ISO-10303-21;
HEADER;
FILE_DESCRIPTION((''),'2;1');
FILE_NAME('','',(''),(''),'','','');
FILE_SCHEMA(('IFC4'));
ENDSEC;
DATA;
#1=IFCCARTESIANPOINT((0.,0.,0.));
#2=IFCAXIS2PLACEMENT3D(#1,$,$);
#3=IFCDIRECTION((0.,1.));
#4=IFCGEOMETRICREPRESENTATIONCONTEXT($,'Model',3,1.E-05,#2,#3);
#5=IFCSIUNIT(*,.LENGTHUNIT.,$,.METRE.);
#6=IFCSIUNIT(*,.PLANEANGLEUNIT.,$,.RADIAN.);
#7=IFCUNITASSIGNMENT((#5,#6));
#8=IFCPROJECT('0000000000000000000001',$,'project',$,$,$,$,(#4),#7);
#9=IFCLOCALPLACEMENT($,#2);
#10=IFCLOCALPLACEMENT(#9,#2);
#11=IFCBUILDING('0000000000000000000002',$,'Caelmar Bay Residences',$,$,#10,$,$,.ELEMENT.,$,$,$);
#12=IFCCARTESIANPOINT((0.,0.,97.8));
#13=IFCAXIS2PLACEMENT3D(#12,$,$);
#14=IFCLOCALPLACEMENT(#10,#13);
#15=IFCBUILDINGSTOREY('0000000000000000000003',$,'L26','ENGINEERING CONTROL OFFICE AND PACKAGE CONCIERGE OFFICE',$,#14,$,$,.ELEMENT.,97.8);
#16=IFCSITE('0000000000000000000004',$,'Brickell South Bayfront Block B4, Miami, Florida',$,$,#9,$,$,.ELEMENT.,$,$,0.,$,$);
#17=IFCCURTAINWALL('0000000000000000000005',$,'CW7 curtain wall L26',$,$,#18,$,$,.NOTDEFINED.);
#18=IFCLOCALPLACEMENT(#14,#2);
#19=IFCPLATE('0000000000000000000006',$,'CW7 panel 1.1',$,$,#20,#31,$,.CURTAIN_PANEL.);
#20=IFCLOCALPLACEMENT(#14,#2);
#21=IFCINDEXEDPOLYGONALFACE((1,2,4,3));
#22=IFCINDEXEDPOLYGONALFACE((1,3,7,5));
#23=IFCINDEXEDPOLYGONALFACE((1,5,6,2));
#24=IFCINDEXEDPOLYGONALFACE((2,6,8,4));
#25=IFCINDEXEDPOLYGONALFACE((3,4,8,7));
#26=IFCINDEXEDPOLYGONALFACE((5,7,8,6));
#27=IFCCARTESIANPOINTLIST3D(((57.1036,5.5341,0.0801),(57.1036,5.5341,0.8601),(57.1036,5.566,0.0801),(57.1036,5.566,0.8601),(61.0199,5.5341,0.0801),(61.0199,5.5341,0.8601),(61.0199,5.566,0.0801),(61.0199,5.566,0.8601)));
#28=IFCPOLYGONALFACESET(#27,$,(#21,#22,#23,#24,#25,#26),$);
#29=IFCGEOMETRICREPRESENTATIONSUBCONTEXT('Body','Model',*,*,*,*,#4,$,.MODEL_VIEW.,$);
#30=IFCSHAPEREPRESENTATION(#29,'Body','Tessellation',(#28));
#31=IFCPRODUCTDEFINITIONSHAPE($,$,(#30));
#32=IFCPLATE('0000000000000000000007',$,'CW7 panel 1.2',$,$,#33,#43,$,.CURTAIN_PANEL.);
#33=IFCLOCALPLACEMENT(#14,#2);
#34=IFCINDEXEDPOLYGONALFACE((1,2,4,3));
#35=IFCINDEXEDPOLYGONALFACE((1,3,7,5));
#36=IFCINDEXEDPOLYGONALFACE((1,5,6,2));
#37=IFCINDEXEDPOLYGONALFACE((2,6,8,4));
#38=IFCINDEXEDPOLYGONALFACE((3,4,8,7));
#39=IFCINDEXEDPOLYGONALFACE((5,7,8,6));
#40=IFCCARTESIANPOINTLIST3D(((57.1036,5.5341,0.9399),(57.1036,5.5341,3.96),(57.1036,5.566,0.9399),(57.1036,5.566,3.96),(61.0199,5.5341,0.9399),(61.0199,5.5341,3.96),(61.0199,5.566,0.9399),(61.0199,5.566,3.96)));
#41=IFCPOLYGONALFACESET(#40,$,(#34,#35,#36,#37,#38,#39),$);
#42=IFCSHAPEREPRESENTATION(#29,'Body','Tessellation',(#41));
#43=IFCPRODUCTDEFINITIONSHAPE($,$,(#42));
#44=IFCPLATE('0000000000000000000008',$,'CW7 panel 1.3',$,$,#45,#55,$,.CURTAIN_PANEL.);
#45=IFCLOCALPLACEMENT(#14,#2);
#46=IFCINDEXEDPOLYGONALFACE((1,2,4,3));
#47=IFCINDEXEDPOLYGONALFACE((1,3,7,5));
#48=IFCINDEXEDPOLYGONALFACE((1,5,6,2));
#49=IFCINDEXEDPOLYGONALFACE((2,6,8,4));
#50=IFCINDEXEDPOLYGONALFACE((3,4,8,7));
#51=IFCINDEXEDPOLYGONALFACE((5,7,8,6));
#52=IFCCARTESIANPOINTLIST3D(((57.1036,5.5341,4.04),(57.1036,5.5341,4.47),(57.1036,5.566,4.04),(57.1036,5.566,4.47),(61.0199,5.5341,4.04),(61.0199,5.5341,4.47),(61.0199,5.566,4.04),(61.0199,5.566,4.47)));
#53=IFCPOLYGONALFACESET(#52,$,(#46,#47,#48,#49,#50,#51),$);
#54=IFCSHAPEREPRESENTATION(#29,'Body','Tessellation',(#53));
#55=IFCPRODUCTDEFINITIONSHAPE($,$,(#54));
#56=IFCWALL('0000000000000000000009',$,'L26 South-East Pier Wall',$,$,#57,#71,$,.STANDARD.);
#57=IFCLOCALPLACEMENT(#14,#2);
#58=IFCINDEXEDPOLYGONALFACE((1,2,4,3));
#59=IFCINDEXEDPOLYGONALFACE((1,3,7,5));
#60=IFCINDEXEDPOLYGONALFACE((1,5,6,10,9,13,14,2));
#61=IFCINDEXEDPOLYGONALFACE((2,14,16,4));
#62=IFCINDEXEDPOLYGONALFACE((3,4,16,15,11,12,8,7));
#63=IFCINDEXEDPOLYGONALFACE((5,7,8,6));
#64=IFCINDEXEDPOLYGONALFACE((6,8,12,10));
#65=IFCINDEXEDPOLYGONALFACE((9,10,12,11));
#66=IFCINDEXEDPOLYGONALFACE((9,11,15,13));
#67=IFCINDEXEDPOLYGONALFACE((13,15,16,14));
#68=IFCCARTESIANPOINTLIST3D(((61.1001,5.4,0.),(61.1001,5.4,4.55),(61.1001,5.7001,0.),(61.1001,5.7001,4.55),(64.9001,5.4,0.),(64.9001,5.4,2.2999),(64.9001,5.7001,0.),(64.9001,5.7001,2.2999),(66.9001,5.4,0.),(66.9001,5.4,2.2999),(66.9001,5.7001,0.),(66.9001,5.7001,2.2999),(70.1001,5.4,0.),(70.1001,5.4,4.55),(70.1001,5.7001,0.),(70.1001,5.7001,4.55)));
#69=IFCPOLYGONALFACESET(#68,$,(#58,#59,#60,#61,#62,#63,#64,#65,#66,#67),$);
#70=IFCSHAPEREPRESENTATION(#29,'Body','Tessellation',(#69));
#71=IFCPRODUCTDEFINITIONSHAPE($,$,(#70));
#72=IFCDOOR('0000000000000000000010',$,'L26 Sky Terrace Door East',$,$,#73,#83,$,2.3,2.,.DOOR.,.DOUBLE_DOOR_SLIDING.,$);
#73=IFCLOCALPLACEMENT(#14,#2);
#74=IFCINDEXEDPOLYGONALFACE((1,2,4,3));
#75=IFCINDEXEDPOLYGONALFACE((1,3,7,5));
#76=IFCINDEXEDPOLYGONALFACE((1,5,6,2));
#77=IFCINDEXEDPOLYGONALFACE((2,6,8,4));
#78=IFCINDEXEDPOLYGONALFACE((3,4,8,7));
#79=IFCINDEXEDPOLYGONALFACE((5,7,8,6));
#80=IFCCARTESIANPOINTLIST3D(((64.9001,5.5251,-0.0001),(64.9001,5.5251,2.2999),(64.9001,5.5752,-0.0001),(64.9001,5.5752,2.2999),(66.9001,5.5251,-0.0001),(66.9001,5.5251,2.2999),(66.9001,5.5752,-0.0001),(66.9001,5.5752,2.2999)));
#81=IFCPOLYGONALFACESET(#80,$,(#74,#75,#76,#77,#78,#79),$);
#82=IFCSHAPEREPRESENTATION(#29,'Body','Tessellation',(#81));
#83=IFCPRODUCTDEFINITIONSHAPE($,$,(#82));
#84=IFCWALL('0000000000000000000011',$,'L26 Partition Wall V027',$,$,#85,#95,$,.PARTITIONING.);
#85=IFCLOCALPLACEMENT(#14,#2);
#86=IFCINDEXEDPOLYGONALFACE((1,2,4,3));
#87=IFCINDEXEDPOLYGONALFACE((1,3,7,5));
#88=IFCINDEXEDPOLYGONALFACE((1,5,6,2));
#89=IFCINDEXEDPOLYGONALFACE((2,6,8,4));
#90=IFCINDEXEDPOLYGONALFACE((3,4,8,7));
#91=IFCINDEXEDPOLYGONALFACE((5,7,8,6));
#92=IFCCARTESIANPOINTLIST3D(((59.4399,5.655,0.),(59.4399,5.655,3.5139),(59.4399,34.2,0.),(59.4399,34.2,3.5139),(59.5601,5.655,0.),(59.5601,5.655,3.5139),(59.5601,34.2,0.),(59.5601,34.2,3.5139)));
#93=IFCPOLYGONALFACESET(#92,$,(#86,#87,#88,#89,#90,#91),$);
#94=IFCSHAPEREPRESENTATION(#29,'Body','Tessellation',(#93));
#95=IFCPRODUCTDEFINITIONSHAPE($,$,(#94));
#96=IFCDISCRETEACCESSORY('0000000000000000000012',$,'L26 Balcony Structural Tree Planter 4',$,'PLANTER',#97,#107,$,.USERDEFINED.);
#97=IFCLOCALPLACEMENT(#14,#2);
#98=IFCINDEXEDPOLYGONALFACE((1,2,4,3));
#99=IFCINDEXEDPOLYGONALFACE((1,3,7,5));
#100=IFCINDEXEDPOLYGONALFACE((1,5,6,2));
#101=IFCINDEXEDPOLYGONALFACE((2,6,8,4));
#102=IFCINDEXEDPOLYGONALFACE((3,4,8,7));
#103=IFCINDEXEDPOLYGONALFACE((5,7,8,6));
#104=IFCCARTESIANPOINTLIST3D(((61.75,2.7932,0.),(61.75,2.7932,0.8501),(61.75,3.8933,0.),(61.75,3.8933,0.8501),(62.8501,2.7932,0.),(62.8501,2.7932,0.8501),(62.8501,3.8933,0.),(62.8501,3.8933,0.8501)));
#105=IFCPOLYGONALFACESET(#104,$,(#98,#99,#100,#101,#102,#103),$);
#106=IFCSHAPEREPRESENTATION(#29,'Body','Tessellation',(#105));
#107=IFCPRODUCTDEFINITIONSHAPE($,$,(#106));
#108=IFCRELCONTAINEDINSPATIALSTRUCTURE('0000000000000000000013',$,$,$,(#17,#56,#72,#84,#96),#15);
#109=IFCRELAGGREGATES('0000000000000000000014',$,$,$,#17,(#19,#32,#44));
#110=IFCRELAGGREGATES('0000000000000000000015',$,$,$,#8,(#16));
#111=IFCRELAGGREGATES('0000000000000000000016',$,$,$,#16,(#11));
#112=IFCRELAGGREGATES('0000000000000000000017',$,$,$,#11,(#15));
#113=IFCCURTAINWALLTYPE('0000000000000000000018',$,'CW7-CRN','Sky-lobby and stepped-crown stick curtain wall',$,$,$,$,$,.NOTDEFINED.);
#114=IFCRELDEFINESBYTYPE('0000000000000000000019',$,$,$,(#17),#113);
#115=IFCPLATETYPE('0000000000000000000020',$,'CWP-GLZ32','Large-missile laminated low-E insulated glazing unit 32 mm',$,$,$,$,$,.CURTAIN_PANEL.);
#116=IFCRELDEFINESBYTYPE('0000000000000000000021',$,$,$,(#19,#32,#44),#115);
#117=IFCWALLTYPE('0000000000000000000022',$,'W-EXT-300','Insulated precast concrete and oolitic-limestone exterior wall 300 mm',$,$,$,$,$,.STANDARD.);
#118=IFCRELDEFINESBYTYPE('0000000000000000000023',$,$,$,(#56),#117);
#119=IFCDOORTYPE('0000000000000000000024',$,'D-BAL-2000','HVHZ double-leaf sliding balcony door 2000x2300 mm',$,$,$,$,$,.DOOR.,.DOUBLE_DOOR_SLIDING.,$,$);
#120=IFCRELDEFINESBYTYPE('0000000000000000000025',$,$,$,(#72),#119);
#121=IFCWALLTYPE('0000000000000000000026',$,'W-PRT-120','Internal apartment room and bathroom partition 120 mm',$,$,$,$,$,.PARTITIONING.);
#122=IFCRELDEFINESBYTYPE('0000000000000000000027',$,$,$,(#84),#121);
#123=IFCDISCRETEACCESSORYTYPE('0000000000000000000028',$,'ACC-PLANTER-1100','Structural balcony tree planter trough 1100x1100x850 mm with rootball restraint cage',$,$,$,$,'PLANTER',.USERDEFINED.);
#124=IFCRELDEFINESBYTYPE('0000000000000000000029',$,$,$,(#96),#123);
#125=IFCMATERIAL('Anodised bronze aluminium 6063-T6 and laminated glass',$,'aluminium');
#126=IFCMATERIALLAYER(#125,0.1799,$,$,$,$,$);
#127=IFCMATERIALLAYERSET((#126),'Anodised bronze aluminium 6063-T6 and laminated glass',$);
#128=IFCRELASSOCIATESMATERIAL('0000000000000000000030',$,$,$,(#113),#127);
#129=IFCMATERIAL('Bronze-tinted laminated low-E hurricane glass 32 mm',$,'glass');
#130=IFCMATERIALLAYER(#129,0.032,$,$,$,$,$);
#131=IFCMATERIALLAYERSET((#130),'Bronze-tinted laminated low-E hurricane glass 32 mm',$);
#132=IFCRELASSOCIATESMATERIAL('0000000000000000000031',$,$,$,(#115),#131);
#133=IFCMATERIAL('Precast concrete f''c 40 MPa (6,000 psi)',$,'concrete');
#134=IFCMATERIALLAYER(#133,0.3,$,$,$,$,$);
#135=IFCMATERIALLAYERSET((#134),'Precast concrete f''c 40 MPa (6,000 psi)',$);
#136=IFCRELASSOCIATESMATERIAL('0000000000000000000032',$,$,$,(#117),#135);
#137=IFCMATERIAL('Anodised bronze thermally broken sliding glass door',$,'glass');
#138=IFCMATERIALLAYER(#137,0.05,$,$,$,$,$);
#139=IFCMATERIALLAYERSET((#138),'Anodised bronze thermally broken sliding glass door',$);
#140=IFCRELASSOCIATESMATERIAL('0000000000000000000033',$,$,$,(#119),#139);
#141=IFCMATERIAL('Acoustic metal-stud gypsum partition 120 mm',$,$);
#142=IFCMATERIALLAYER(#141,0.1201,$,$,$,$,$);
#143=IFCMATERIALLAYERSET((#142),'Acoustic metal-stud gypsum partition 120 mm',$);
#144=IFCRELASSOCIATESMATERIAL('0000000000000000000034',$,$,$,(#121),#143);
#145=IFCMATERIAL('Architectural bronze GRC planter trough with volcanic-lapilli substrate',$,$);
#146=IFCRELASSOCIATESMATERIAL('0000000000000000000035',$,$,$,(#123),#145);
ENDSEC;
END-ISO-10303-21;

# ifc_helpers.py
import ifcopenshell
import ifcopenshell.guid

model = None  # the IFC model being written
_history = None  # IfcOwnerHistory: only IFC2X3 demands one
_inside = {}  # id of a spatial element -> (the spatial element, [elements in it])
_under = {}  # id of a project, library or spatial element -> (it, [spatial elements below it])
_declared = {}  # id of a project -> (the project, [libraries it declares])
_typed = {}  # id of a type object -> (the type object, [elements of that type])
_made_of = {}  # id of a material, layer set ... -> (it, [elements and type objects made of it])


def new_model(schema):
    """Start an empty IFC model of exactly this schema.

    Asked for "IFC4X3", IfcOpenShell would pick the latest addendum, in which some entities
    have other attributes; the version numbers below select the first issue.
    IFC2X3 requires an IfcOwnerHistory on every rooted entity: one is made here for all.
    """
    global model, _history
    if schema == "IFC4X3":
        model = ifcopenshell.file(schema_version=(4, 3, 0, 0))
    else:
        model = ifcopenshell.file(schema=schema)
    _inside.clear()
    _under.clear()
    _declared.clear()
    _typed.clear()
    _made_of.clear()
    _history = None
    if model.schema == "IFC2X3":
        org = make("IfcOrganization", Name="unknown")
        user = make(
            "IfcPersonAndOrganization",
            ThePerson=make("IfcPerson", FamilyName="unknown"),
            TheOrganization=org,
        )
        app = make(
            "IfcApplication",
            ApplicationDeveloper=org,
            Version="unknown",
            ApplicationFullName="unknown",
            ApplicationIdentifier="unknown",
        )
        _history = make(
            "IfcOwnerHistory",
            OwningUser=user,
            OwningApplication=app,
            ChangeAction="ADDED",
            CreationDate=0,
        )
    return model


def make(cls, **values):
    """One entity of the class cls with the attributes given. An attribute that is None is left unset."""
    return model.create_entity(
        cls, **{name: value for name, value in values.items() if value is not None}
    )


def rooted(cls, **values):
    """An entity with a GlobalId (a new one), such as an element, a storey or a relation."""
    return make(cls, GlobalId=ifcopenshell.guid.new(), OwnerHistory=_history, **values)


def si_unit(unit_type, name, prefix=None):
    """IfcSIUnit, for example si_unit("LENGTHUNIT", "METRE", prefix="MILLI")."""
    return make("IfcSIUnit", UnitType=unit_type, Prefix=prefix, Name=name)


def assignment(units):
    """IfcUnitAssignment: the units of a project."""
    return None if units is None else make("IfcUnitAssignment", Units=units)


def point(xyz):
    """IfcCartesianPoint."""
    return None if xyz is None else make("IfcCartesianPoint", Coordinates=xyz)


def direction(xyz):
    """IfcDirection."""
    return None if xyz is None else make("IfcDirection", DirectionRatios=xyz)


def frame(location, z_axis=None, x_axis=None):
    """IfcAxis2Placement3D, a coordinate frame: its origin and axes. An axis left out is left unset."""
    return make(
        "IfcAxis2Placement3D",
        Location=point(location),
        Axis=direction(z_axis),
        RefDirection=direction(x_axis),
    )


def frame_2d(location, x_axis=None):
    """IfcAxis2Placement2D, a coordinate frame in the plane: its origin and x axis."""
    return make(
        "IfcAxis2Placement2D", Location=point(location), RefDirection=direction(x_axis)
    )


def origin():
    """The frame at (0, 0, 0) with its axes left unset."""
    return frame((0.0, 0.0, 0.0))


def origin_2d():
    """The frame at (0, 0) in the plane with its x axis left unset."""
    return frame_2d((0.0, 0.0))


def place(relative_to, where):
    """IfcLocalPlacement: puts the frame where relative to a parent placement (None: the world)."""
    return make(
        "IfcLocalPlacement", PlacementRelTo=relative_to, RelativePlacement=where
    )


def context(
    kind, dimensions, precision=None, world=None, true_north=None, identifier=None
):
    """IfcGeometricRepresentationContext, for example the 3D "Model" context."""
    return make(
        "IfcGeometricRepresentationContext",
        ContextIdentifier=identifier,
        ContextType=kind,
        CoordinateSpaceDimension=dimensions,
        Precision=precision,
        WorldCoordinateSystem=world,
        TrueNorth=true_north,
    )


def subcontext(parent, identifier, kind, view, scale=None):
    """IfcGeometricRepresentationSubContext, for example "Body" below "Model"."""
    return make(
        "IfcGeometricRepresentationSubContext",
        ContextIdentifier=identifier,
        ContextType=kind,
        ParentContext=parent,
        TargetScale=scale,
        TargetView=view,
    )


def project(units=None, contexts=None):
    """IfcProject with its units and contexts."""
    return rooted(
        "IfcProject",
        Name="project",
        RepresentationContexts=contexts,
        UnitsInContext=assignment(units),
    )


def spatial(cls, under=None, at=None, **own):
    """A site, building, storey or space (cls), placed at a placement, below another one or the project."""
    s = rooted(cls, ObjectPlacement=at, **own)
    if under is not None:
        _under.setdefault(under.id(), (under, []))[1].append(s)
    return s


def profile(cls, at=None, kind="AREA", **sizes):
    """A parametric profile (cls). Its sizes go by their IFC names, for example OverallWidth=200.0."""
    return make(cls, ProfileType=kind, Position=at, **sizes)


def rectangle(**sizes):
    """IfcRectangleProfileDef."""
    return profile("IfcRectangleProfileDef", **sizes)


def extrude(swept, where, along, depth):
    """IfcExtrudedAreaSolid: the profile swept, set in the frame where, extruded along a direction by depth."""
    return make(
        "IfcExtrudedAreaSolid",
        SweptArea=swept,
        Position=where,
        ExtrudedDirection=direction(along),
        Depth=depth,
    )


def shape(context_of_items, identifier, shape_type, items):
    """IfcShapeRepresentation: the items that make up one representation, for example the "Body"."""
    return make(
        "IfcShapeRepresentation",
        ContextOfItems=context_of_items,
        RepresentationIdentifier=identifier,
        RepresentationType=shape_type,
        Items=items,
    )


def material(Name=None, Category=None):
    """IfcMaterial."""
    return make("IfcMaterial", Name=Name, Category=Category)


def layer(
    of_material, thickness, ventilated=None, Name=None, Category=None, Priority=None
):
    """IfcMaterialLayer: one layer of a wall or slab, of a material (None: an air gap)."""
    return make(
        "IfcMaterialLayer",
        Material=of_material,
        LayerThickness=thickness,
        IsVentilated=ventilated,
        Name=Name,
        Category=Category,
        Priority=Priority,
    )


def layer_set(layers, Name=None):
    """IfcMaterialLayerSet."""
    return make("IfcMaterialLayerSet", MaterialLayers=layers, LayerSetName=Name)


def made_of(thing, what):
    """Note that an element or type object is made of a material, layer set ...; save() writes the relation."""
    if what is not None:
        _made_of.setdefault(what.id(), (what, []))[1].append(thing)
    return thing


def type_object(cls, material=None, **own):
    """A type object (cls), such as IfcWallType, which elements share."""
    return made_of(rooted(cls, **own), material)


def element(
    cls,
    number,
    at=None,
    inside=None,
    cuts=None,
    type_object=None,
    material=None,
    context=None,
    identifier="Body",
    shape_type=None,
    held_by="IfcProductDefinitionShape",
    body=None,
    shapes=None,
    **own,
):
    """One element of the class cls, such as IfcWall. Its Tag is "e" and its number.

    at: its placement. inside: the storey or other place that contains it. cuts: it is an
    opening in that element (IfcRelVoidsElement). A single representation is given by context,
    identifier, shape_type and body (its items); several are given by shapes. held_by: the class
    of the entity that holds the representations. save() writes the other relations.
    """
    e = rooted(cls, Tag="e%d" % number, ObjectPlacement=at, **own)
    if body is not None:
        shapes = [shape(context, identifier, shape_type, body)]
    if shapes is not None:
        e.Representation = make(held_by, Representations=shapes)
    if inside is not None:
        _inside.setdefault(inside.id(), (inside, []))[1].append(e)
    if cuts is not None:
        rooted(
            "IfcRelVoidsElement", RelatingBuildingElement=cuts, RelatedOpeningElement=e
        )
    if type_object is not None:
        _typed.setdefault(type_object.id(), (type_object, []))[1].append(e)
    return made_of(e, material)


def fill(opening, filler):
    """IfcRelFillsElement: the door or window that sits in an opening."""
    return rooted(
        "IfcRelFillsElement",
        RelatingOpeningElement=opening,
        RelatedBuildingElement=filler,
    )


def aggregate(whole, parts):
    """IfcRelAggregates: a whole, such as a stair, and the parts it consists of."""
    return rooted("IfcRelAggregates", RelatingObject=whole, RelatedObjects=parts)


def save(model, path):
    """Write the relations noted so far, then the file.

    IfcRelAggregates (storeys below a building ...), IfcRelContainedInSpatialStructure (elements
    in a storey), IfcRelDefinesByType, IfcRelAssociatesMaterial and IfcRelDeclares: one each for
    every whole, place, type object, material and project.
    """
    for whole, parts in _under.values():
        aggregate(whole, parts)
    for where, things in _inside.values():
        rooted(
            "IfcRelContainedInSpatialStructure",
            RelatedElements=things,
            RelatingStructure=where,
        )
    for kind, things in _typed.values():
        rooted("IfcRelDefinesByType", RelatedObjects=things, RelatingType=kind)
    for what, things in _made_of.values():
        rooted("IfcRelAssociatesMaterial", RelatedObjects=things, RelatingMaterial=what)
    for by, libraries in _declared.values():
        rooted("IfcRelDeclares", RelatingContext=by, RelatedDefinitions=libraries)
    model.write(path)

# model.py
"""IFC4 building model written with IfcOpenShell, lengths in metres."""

from ifc_helpers import new_model, si_unit, direction, frame, frame_2d, origin, origin_2d, place, context, subcontext, project, spatial, rectangle, extrude, material, layer, layer_set, type_object, element, fill, aggregate, save


model = new_model("IFC4")

# Units and contexts
model_context = context("Model", 3, precision=1e-05, world=origin(), true_north=direction((0.0, 1.0)))
body_context = subcontext(model_context, "Body", "Model", "MODEL_VIEW")
ifc_project = project(units=[si_unit("LENGTHUNIT", "METRE"), si_unit("PLANEANGLEUNIT", "RADIAN")], contexts=[model_context])

# Site, building, storey
site_placement = place(None, origin())
site = spatial("IfcSite", under=ifc_project, at=site_placement, Name="Brickell South Bayfront Block B4, Miami, Florida", CompositionType="ELEMENT", RefElevation=0.0)
building_placement = place(site_placement, origin())
building = spatial("IfcBuilding", under=site, at=building_placement, Name="Caelmar Bay Residences", CompositionType="ELEMENT")
storey_placement = place(building_placement, frame((0.0, 0.0, 97.8)))
storey = spatial("IfcBuildingStorey", under=building, at=storey_placement, Name="L26", Description="ENGINEERING CONTROL OFFICE AND PACKAGE CONCIERGE OFFICE", CompositionType="ELEMENT", Elevation=97.8)

# Shared definitions
ifc_material_1 = material(Name="Anodised bronze aluminium 6063-T6 and laminated glass", Category="aluminium")

# Curtain wall
ifc_layer_1 = layer(ifc_material_1, 0.1799)
ifc_layer_set_1 = layer_set([ifc_layer_1], Name="Anodised bronze aluminium 6063-T6 and laminated glass")
curtain_wall_type_1 = type_object("IfcCurtainWallType", Name="CW7-CRN", Description="Sky-lobby and stepped-crown stick curtain wall", PredefinedType="NOTDEFINED", material=ifc_layer_set_1)
curtain_wall_1_placement = place(storey_placement, origin())
curtain_wall_1 = element("IfcCurtainWall", 1, at=curtain_wall_1_placement, inside=storey, type_object=curtain_wall_type_1, Name="CW7 curtain wall L26", PredefinedType="NOTDEFINED")

# Plates
ifc_material_2 = material(Name="Bronze-tinted laminated low-E hurricane glass 32 mm", Category="glass")
ifc_layer_2 = layer(ifc_material_2, 0.032)
ifc_layer_set_2 = layer_set([ifc_layer_2], Name="Bronze-tinted laminated low-E hurricane glass 32 mm")
plate_type = type_object("IfcPlateType", Name="CWP-GLZ32", Description="Large-missile laminated low-E insulated glazing unit 32 mm", PredefinedType="CURTAIN_PANEL", material=ifc_layer_set_2)
plate_1_placement = place(storey_placement, frame((59.0618, 5.55, 0.0801), z_axis=(0.0, 0.0, 1.0), x_axis=(-1.0, 0.0, 0.0)))
plate_1 = element("IfcPlate", 2, at=plate_1_placement, type_object=plate_type, Name="CW7 panel 1.1", PredefinedType="CURTAIN_PANEL", context=body_context, shape_type="SweptSolid", body=[
    extrude(rectangle(XDim=3.9163, YDim=0.032, at=origin_2d()), origin(), (0.0, 0.0, 1.0), 0.78),
])
plate_2_placement = place(storey_placement, frame((59.0618, 5.55, 0.9399), z_axis=(0.0, 0.0, 1.0), x_axis=(-1.0, 0.0, 0.0)))
plate_2 = element("IfcPlate", 3, at=plate_2_placement, type_object=plate_type, Name="CW7 panel 1.2", PredefinedType="CURTAIN_PANEL", context=body_context, shape_type="SweptSolid", body=[
    extrude(rectangle(XDim=3.9163, YDim=0.032, at=origin_2d()), origin(), (0.0, 0.0, 1.0), 3.02),
])
plate_3_placement = place(storey_placement, frame((59.0618, 5.55, 4.04), z_axis=(0.0, 0.0, 1.0), x_axis=(-1.0, 0.0, 0.0)))
plate_3 = element("IfcPlate", 4, at=plate_3_placement, type_object=plate_type, Name="CW7 panel 1.3", PredefinedType="CURTAIN_PANEL", context=body_context, shape_type="SweptSolid", body=[
    extrude(rectangle(XDim=3.9163, YDim=0.032, at=origin_2d()), origin(), (0.0, 0.0, 1.0), 0.4299),
])
aggregate(curtain_wall_1, [plate_1, plate_2, plate_3])

# Wall, opening, door
ifc_material_3 = material(Name="Precast concrete f'c 40 MPa (6,000 psi)", Category="concrete")
ifc_layer_3 = layer(ifc_material_3, 0.3)
ifc_layer_set_3 = layer_set([ifc_layer_3], Name="Precast concrete f'c 40 MPa (6,000 psi)")
wall_type_1 = type_object("IfcWallType", Name="W-EXT-300", Description="Insulated precast concrete and oolitic-limestone exterior wall 300 mm", PredefinedType="STANDARD", material=ifc_layer_set_3)
wall_1_placement = place(storey_placement, frame((70.1001, 5.55, 0.0), z_axis=(0.0, 0.0, 1.0), x_axis=(-1.0, 0.0, 0.0)))
wall_1 = element("IfcWall", 5, at=wall_1_placement, inside=storey, type_object=wall_type_1, Name="L26 South-East Pier Wall", PredefinedType="STANDARD", context=body_context, shape_type="SweptSolid", body=[
    extrude(rectangle(XDim=9.0, YDim=0.3, at=frame_2d((4.5, 0.0))), origin(), (0.0, 0.0, 1.0), 4.55),
])
opening_placement = place(wall_1_placement, frame((3.2, 0.0, 0.0)))
opening = element("IfcOpeningElement", 6, at=opening_placement, cuts=wall_1, PredefinedType="OPENING", context=body_context, shape_type="SweptSolid", body=[
    extrude(rectangle(XDim=2.0, YDim=2.3, at=frame_2d((1.0, 1.1499))), frame((0.0, 0.1599, 0.0), z_axis=(0.0, -1.0, 0.0), x_axis=(1.0, 0.0, 0.0)), (0.0, 0.0, 1.0), 0.3201),
])
ifc_material_4 = material(Name="Anodised bronze thermally broken sliding glass door", Category="glass")
ifc_layer_4 = layer(ifc_material_4, 0.05)
ifc_layer_set_4 = layer_set([ifc_layer_4], Name="Anodised bronze thermally broken sliding glass door")
door_type = type_object("IfcDoorType", Name="D-BAL-2000", Description="HVHZ double-leaf sliding balcony door 2000x2300 mm", OperationType="DOUBLE_DOOR_SLIDING", PredefinedType="DOOR", material=ifc_layer_set_4)
door_placement = place(opening_placement, origin())
door = element("IfcDoor", 7, at=door_placement, inside=storey, type_object=door_type, Name="L26 Sky Terrace Door East", OperationType="DOUBLE_DOOR_SLIDING", OverallHeight=2.3, OverallWidth=2.0, PredefinedType="DOOR", context=body_context, shape_type="SweptSolid", body=[
    extrude(rectangle(XDim=2.0, YDim=2.3, at=frame_2d((1.0, 1.1499))), frame((0.0, 0.0249, 0.0), z_axis=(0.0, -1.0, 0.0), x_axis=(1.0, 0.0, 0.0)), (0.0, 0.0, 1.0), 0.05),
])
fill(opening, door)

# Wall
ifc_material_5 = material(Name="Acoustic metal-stud gypsum partition 120 mm")
ifc_layer_5 = layer(ifc_material_5, 0.1201)
ifc_layer_set_5 = layer_set([ifc_layer_5], Name="Acoustic metal-stud gypsum partition 120 mm")
wall_type_2 = type_object("IfcWallType", Name="W-PRT-120", Description="Internal apartment room and bathroom partition 120 mm", PredefinedType="PARTITIONING", material=ifc_layer_set_5)
wall_2_placement = place(storey_placement, frame((59.5, 5.655, 0.0), z_axis=(0.0, 0.0, 1.0), x_axis=(0.0, 1.0, 0.0)))
element("IfcWall", 8, at=wall_2_placement, inside=storey, type_object=wall_type_2, Name="L26 Partition Wall V027", PredefinedType="PARTITIONING", context=body_context, shape_type="SweptSolid", body=[
    extrude(rectangle(XDim=28.5449, YDim=0.1201, at=frame_2d((14.2725, 0.0))), origin(), (0.0, 0.0, 1.0), 3.5139),
])

# Discrete accessory
ifc_material_6 = material(Name="Architectural bronze GRC planter trough with volcanic-lapilli substrate")
discrete_accessory_type = type_object("IfcDiscreteAccessoryType", Name="ACC-PLANTER-1100", Description="Structural balcony tree planter trough 1100x1100x850 mm with rootball restraint cage", ElementType="PLANTER", PredefinedType="USERDEFINED", material=ifc_material_6)
discrete_accessory_placement = place(storey_placement, frame((62.3, 3.3433, 0.0), z_axis=(0.0, 0.0, 1.0), x_axis=(1.0, 0.0, 0.0)))
element("IfcDiscreteAccessory", 9, at=discrete_accessory_placement, inside=storey, type_object=discrete_accessory_type, Name="L26 Balcony Structural Tree Planter 4", ObjectType="PLANTER", PredefinedType="USERDEFINED", context=body_context, shape_type="SweptSolid", body=[
    extrude(rectangle(XDim=1.1001, YDim=1.1001, at=origin_2d()), origin(), (0.0, 0.0, 1.0), 0.8501),
])

save(model, "model.ifc")
